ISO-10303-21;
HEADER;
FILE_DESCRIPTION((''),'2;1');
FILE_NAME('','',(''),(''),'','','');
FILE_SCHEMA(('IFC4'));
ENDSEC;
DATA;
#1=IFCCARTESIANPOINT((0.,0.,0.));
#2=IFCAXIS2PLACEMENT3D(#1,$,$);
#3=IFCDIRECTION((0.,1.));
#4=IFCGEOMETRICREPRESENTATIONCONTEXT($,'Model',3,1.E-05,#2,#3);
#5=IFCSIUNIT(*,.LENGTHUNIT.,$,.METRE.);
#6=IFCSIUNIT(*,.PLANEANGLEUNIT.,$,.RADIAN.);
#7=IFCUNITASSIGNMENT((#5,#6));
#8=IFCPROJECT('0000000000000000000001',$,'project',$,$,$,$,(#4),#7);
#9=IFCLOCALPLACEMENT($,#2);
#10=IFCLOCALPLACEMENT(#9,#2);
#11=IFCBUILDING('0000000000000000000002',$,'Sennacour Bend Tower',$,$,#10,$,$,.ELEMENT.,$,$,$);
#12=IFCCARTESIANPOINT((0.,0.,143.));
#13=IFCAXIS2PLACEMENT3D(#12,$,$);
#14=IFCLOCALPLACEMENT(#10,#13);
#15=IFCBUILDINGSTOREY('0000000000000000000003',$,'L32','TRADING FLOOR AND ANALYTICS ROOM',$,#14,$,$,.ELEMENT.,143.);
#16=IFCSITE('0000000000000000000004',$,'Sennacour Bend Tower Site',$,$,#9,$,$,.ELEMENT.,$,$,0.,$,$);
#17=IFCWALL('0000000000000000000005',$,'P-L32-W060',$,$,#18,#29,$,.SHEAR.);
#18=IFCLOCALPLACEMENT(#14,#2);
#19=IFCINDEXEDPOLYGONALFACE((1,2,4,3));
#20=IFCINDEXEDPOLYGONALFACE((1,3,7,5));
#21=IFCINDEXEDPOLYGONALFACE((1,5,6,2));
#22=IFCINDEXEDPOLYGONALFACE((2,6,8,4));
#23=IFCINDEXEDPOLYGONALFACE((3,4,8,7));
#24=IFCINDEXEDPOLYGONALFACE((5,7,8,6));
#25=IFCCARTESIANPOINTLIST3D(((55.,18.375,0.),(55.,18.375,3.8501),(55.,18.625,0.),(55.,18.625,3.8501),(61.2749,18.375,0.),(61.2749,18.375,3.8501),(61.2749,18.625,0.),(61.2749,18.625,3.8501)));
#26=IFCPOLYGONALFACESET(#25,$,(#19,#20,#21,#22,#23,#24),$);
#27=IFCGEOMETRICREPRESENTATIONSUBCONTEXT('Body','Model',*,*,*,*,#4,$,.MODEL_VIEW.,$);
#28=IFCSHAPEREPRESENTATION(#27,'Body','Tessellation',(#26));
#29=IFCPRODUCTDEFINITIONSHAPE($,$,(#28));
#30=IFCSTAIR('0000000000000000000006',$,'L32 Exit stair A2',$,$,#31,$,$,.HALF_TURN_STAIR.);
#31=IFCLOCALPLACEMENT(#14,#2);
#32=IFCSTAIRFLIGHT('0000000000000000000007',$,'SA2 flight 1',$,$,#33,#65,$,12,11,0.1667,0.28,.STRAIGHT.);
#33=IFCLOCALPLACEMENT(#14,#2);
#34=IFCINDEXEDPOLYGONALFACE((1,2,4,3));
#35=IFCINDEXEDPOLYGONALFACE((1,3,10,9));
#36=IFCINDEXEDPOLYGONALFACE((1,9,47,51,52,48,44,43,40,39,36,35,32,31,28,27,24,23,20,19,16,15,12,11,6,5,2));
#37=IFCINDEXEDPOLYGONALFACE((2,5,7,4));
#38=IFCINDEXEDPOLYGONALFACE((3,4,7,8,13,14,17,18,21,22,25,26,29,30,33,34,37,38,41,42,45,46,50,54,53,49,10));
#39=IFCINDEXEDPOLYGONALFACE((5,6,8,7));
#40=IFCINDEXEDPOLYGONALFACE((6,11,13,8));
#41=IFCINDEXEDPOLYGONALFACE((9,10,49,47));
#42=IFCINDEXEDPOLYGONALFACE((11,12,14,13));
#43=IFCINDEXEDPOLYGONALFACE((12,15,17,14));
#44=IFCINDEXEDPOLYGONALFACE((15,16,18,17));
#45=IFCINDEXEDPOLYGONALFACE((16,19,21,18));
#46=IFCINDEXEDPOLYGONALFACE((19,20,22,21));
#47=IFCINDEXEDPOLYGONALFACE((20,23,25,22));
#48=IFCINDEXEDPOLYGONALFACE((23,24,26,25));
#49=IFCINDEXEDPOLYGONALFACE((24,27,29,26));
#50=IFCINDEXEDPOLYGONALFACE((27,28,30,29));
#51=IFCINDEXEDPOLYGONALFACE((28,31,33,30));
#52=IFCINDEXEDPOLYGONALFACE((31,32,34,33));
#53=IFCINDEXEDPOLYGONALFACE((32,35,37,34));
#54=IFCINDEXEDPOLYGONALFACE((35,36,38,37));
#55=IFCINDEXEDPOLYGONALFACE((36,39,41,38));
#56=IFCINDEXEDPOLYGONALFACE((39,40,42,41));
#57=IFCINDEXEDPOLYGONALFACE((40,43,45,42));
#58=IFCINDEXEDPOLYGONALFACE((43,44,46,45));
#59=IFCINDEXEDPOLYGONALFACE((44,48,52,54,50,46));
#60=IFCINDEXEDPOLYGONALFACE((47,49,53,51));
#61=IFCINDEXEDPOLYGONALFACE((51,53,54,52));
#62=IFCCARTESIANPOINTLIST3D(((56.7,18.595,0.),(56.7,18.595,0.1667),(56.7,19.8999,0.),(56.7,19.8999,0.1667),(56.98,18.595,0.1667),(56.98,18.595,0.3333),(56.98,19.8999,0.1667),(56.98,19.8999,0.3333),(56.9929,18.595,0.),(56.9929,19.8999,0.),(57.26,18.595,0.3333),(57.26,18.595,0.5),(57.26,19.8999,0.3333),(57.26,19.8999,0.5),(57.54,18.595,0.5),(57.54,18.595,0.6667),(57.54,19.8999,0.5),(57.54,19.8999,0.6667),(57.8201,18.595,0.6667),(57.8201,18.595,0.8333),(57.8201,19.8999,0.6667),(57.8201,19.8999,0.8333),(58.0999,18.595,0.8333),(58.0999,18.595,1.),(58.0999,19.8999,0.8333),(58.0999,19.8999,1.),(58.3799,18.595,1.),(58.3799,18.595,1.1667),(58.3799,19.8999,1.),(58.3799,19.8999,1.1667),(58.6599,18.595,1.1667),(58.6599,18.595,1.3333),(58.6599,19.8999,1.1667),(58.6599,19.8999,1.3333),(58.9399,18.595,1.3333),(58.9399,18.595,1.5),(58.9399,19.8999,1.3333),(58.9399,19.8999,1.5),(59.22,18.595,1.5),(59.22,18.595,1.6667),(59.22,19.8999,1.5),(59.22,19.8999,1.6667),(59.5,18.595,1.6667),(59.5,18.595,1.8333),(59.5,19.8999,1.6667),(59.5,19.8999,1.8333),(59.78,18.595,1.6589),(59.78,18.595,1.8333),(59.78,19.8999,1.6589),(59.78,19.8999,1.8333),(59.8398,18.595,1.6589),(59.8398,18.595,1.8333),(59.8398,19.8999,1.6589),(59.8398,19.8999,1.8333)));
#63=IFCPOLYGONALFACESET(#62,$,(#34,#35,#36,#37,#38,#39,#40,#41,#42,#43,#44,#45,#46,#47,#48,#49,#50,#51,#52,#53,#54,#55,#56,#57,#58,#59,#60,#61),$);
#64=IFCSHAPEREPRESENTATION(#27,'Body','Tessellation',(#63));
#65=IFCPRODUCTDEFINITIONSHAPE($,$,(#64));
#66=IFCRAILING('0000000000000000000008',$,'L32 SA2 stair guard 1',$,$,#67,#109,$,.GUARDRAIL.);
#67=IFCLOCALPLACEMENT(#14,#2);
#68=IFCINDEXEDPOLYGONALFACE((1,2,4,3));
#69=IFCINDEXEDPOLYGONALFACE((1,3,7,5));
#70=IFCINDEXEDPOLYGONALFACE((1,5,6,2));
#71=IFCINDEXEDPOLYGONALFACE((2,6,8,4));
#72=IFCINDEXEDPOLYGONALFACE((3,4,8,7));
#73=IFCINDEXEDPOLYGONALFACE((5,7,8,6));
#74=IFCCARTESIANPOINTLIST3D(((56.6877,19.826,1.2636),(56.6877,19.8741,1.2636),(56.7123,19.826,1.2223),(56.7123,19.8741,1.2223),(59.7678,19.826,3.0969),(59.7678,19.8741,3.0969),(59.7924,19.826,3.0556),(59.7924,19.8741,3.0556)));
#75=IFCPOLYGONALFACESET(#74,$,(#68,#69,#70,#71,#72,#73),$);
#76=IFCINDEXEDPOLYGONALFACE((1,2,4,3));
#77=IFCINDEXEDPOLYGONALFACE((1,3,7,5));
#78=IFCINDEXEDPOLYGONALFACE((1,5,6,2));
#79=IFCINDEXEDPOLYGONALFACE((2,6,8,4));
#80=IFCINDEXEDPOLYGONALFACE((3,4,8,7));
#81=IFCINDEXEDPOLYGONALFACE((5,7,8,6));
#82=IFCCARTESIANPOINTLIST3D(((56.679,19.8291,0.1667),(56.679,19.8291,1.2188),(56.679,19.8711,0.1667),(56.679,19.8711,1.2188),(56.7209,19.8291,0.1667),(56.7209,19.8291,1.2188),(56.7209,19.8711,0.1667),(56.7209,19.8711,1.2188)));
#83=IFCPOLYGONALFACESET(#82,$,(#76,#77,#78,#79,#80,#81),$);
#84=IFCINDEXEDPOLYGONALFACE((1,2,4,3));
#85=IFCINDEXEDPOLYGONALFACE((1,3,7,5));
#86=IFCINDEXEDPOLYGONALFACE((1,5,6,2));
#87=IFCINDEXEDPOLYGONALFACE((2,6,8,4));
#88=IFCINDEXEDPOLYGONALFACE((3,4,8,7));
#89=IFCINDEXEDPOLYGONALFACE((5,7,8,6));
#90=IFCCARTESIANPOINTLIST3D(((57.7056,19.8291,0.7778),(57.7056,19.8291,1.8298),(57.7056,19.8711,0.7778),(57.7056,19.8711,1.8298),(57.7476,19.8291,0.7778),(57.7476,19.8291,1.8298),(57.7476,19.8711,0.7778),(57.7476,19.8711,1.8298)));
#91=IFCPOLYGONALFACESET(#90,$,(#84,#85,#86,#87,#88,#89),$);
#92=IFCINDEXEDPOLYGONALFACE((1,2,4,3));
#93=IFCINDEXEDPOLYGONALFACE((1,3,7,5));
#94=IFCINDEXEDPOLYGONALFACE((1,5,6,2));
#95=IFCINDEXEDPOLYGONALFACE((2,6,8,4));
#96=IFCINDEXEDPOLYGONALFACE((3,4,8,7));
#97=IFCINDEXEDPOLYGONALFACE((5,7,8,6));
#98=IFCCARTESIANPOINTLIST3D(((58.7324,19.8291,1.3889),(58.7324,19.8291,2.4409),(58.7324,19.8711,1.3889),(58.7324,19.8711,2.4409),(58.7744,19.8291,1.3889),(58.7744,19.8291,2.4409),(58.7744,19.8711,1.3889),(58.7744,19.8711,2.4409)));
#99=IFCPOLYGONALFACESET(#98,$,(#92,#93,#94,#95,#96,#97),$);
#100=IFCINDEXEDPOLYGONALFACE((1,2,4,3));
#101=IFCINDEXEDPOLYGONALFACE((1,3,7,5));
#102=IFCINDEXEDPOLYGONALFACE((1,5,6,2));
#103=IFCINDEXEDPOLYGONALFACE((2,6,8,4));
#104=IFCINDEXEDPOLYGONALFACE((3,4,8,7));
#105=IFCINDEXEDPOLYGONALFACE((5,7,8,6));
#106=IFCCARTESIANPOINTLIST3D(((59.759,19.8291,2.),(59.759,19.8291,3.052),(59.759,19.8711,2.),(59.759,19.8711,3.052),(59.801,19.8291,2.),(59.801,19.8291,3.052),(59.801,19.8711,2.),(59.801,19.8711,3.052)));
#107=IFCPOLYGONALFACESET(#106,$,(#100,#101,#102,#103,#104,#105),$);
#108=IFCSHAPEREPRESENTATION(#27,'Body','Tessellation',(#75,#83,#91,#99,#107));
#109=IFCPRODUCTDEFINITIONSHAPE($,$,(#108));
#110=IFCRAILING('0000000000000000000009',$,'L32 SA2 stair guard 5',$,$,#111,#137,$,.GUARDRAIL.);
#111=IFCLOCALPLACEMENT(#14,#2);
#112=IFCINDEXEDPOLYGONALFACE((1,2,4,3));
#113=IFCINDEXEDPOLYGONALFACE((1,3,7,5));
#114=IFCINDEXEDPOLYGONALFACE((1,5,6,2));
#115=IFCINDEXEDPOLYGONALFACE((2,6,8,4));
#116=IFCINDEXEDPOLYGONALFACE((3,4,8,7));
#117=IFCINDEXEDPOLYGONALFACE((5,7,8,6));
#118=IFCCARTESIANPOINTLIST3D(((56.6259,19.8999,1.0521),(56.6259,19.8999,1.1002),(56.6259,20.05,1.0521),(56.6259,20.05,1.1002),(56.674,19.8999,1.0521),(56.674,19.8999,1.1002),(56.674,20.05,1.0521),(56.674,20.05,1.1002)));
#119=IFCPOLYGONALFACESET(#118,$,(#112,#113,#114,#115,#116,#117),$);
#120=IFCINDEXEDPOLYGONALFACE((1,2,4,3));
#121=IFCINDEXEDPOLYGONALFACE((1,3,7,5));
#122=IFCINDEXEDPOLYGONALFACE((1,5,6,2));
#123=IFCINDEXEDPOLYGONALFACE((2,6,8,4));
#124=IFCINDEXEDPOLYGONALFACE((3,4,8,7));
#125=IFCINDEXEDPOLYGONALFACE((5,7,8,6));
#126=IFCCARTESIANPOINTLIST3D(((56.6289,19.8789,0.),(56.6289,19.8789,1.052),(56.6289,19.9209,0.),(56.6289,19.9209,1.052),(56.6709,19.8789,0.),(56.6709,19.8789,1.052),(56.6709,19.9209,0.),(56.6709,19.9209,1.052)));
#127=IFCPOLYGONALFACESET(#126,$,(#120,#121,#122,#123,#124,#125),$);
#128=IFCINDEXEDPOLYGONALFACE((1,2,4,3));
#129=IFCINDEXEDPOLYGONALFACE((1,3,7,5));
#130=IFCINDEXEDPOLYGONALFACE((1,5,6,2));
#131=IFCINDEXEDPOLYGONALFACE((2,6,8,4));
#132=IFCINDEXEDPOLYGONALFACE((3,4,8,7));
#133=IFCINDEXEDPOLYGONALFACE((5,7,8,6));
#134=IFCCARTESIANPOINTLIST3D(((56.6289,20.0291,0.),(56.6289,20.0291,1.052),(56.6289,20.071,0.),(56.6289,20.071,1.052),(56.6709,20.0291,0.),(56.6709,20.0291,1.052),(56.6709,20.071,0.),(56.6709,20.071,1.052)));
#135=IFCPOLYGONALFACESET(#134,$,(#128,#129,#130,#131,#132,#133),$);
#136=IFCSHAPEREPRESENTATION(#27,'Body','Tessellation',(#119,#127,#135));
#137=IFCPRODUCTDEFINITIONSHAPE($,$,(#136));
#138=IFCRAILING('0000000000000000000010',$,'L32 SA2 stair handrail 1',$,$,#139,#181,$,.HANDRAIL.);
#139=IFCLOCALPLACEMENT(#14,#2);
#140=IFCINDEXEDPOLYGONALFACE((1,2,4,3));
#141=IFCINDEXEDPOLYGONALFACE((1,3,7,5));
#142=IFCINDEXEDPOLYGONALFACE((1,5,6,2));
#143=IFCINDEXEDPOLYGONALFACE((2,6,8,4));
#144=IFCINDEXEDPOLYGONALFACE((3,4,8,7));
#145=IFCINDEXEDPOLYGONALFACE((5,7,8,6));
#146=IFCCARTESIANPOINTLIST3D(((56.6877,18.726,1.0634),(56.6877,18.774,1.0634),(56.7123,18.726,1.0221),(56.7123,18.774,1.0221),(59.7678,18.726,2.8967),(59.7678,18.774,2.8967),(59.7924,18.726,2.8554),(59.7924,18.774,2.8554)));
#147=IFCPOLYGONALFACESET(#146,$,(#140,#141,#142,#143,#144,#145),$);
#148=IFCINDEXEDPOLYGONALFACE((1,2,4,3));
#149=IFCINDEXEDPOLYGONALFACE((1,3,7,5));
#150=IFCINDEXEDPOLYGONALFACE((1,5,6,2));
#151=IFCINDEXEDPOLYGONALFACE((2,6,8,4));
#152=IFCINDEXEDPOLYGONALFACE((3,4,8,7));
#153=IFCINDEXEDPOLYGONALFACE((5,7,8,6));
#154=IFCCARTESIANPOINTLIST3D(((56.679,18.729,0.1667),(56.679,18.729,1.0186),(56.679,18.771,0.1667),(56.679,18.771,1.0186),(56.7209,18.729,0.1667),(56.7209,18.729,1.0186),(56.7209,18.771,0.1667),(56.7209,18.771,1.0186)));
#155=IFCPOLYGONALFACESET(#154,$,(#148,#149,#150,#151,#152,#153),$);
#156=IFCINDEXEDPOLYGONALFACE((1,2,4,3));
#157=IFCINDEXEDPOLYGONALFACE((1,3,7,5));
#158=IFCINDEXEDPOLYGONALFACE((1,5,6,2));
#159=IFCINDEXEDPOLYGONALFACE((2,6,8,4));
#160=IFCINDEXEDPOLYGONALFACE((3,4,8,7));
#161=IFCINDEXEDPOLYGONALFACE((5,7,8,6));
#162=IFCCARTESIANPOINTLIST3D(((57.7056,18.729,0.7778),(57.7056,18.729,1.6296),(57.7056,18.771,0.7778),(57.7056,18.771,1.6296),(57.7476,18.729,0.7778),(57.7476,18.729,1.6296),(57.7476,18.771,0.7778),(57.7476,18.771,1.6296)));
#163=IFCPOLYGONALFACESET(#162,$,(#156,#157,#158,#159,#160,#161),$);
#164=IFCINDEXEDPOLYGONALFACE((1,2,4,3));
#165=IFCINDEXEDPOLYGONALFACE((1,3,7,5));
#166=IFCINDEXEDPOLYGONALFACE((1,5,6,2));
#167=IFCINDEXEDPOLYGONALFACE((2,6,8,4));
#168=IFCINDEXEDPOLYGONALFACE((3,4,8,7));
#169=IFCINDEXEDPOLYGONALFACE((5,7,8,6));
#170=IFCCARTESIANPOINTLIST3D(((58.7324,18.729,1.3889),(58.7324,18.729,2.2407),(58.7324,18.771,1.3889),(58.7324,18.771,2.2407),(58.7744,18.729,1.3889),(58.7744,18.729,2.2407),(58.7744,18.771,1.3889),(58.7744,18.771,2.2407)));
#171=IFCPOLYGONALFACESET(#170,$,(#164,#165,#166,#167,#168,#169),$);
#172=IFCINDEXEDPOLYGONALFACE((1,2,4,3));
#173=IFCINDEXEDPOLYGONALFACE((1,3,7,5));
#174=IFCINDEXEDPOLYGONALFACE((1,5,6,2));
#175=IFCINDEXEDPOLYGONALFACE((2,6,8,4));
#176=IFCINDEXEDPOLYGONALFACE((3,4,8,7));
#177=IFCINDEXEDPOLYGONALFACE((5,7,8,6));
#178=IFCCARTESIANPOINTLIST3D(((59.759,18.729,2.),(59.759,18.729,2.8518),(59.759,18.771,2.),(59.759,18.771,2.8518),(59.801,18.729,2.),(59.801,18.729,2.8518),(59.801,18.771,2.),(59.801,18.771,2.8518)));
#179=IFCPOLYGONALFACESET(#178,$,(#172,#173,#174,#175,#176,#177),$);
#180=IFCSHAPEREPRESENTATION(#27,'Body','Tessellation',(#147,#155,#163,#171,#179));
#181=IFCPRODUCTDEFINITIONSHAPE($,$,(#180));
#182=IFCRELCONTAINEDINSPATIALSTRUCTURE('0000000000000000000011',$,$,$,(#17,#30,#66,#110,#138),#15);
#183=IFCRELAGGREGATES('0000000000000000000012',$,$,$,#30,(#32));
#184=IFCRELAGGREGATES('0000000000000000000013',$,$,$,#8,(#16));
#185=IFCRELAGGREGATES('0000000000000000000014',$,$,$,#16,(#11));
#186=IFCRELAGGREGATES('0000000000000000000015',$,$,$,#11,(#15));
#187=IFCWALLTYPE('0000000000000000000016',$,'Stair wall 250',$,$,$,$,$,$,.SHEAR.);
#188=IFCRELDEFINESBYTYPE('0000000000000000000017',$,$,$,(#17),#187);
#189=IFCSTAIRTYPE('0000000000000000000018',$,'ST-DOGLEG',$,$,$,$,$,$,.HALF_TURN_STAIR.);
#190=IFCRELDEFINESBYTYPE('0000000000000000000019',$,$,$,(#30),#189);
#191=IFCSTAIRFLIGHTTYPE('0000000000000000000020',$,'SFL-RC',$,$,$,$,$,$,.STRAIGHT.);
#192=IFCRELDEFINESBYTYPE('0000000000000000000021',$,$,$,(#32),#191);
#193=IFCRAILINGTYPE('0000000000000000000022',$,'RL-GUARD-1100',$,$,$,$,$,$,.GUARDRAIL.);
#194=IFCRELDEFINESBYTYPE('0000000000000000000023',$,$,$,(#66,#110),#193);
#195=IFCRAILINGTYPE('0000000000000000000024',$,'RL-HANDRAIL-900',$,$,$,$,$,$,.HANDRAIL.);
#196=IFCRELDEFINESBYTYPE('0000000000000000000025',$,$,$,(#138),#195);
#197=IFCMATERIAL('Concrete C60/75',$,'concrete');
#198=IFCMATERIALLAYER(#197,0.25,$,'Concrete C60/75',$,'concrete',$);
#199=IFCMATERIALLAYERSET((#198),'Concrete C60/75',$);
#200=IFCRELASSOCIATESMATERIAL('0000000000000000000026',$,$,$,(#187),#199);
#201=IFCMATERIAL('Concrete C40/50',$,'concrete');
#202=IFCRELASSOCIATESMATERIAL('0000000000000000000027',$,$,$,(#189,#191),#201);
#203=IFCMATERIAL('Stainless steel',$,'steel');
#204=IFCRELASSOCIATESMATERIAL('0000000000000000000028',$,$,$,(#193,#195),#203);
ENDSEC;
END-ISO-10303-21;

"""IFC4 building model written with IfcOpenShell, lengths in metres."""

from ifc_helpers import new_model, si_unit, direction, frame, frame_2d, origin, origin_2d, place, context, subcontext, project, spatial, polyline, rectangle, outline, extrude, material, layer, layer_set, type_object, element, aggregate, save


model = new_model("IFC4")

# Units and contexts
model_context = context("Model", 3, precision=1e-05, world=origin(), true_north=direction((0.0, 1.0)))
body_context = subcontext(model_context, "Body", "Model", "MODEL_VIEW")
ifc_project = project(units=[si_unit("LENGTHUNIT", "METRE"), si_unit("PLANEANGLEUNIT", "RADIAN")], contexts=[model_context])

# Site, building, storey
site_placement = place(None, origin())
site = spatial("IfcSite", under=ifc_project, at=site_placement, Name="Sennacour Bend Tower Site", CompositionType="ELEMENT", RefElevation=0.0)
building_placement = place(site_placement, origin())
building = spatial("IfcBuilding", under=site, at=building_placement, Name="Sennacour Bend Tower", CompositionType="ELEMENT")
storey_placement = place(building_placement, frame((0.0, 0.0, 143.0)))
storey = spatial("IfcBuildingStorey", under=building, at=storey_placement, Name="L32", Description="TRADING FLOOR AND ANALYTICS ROOM", CompositionType="ELEMENT", Elevation=143.0)

# Shared definitions
ifc_material_1 = material(Name="Concrete C60/75", Category="concrete")

# Shared definitions
ifc_material_2 = material(Name="Stainless steel", Category="steel")

# Wall
ifc_layer_1 = layer(ifc_material_1, 0.25, Name="Concrete C60/75", Category="concrete")
ifc_layer_set_1 = layer_set([ifc_layer_1], Name="Concrete C60/75")
wall_type_1 = type_object("IfcWallType", Name="Stair wall 250", PredefinedType="SHEAR", material=ifc_layer_set_1)
wall_1_placement = place(storey_placement, frame((55.0, 18.5, 0.0), z_axis=(0.0, 0.0, 1.0), x_axis=(1.0, 0.0, 0.0)))
element("IfcWall", 1, at=wall_1_placement, inside=storey, type_object=wall_type_1, Name="P-L32-W060", PredefinedType="SHEAR", context=body_context, shape_type="SweptSolid", body=[
    extrude(rectangle(XDim=6.2749, YDim=0.25, at=frame_2d((3.1375, 0.0))), origin(), (0.0, 0.0, 1.0), 3.8501),
])

# Stair, stair flight
ifc_material_3 = material(Name="Concrete C40/50", Category="concrete")
stair_type = type_object("IfcStairType", Name="ST-DOGLEG", PredefinedType="HALF_TURN_STAIR", material=ifc_material_3)
stair_placement = place(storey_placement, origin())
stair = element("IfcStair", 2, at=stair_placement, inside=storey, type_object=stair_type, Name="L32 Exit stair A2", PredefinedType="HALF_TURN_STAIR")
stair_flight_type = type_object("IfcStairFlightType", Name="SFL-RC", PredefinedType="STRAIGHT", material=ifc_material_3)
stair_flight_placement = place(storey_placement, frame((56.7, 19.2476, 0.0), z_axis=(0.0, 0.0, 1.0), x_axis=(1.0, 0.0, 0.0)))
stair_flight = element("IfcStairFlight", 3, at=stair_flight_placement, type_object=stair_flight_type, Name="SA2 flight 1", NumberOfRisers=12, NumberOfTreads=11, PredefinedType="STRAIGHT", RiserHeight=0.1667, TreadLength=0.28, context=body_context, shape_type="SweptSolid", body=[
    extrude(outline(polyline([(0.0, 0.0), (0.0, 0.1667), (0.28, 0.1667), (0.28, 0.3333), (0.5601, 0.3333), (0.5601, 0.5), (0.8401, 0.5), (0.8401, 0.6667), (1.1201, 0.6667), (1.1201, 0.8333), (1.3999, 0.8333), (1.3999, 1.0), (1.6799, 1.0), (1.6799, 1.1667), (1.96, 1.1667), (1.96, 1.3333), (2.24, 1.3333), (2.24, 1.5), (2.52, 1.5), (2.52, 1.6667), (2.8, 1.6667), (2.8, 1.8333), (3.0801, 1.8333), (3.1399, 1.8333), (3.1399, 1.6589), (3.0801, 1.6589), (0.293, 0.0), (0.0, 0.0)])), frame((0.0, 0.6523, 0.0), z_axis=(0.0, -1.0, 0.0), x_axis=(1.0, 0.0, 0.0)), (0.0, 0.0, 1.0), 1.3049),
])
aggregate(stair, [stair_flight])

# Railings
railing_type_1 = type_object("IfcRailingType", Name="RL-GUARD-1100", PredefinedType="GUARDRAIL", material=ifc_material_2)
railing_1_placement = place(storey_placement, frame((56.7, 19.8501, 0.1667)))
element("IfcRailing", 4, at=railing_1_placement, inside=storey, type_object=railing_type_1, Name="L32 SA2 stair guard 1", PredefinedType="GUARDRAIL", context=body_context, shape_type="SweptSolid", body=[
    extrude(rectangle(XDim=0.0481, YDim=0.0481, at=origin_2d()), frame((0.0, 0.0, 1.0762), z_axis=(0.859309, 0.0, 0.511458), x_axis=(0.0, 1.0, 0.0)), (0.0, 0.0, 1.0), 3.5845),
    extrude(rectangle(XDim=0.042, YDim=0.042, at=origin_2d()), origin(), (0.0, 0.0, 1.0), 1.052),
    extrude(rectangle(XDim=0.042, YDim=0.042, at=origin_2d()), frame((1.0266, 0.0, 0.6111)), (0.0, 0.0, 1.0), 1.052),
    extrude(rectangle(XDim=0.042, YDim=0.042, at=origin_2d()), frame((2.0535, 0.0, 1.2222)), (0.0, 0.0, 1.0), 1.052),
    extrude(rectangle(XDim=0.042, YDim=0.042, at=origin_2d()), frame((3.0801, 0.0, 1.8333)), (0.0, 0.0, 1.0), 1.052),
])
railing_2_placement = place(storey_placement, frame((56.6499, 19.8999, 0.0)))
element("IfcRailing", 5, at=railing_2_placement, inside=storey, type_object=railing_type_1, Name="L32 SA2 stair guard 5", PredefinedType="GUARDRAIL", context=body_context, shape_type="SweptSolid", body=[
    extrude(rectangle(XDim=0.0481, YDim=0.0481, at=origin_2d()), frame((0.0, 0.0, 1.0762), z_axis=(0.0, 1.0, 0.0), x_axis=(-1.0, 0.0, 0.0)), (0.0, 0.0, 1.0), 0.1501),
    extrude(rectangle(XDim=0.042, YDim=0.042, at=origin_2d()), origin(), (0.0, 0.0, 1.0), 1.052),
    extrude(rectangle(XDim=0.042, YDim=0.042, at=origin_2d()), frame((0.0, 0.1501, 0.0)), (0.0, 0.0, 1.0), 1.052),
])
railing_type_2 = type_object("IfcRailingType", Name="RL-HANDRAIL-900", PredefinedType="HANDRAIL", material=ifc_material_2)
railing_3_placement = place(storey_placement, frame((56.7, 18.75, 0.1667)))
element("IfcRailing", 6, at=railing_3_placement, inside=storey, type_object=railing_type_2, Name="L32 SA2 stair handrail 1", PredefinedType="HANDRAIL", context=body_context, shape_type="SweptSolid", body=[
    extrude(rectangle(XDim=0.0481, YDim=0.0481, at=origin_2d()), frame((0.0, 0.0, 0.876), z_axis=(0.859309, 0.0, 0.511458), x_axis=(0.0, 1.0, 0.0)), (0.0, 0.0, 1.0), 3.5845),
    extrude(rectangle(XDim=0.042, YDim=0.042, at=origin_2d()), origin(), (0.0, 0.0, 1.0), 0.8518),
    extrude(rectangle(XDim=0.042, YDim=0.042, at=origin_2d()), frame((1.0266, 0.0, 0.6111)), (0.0, 0.0, 1.0), 0.8518),
    extrude(rectangle(XDim=0.042, YDim=0.042, at=origin_2d()), frame((2.0535, 0.0, 1.2222)), (0.0, 0.0, 1.0), 0.8518),
    extrude(rectangle(XDim=0.042, YDim=0.042, at=origin_2d()), frame((3.0801, 0.0, 1.8333)), (0.0, 0.0, 1.0), 0.8518),
])

save(model, "model.ifc")
